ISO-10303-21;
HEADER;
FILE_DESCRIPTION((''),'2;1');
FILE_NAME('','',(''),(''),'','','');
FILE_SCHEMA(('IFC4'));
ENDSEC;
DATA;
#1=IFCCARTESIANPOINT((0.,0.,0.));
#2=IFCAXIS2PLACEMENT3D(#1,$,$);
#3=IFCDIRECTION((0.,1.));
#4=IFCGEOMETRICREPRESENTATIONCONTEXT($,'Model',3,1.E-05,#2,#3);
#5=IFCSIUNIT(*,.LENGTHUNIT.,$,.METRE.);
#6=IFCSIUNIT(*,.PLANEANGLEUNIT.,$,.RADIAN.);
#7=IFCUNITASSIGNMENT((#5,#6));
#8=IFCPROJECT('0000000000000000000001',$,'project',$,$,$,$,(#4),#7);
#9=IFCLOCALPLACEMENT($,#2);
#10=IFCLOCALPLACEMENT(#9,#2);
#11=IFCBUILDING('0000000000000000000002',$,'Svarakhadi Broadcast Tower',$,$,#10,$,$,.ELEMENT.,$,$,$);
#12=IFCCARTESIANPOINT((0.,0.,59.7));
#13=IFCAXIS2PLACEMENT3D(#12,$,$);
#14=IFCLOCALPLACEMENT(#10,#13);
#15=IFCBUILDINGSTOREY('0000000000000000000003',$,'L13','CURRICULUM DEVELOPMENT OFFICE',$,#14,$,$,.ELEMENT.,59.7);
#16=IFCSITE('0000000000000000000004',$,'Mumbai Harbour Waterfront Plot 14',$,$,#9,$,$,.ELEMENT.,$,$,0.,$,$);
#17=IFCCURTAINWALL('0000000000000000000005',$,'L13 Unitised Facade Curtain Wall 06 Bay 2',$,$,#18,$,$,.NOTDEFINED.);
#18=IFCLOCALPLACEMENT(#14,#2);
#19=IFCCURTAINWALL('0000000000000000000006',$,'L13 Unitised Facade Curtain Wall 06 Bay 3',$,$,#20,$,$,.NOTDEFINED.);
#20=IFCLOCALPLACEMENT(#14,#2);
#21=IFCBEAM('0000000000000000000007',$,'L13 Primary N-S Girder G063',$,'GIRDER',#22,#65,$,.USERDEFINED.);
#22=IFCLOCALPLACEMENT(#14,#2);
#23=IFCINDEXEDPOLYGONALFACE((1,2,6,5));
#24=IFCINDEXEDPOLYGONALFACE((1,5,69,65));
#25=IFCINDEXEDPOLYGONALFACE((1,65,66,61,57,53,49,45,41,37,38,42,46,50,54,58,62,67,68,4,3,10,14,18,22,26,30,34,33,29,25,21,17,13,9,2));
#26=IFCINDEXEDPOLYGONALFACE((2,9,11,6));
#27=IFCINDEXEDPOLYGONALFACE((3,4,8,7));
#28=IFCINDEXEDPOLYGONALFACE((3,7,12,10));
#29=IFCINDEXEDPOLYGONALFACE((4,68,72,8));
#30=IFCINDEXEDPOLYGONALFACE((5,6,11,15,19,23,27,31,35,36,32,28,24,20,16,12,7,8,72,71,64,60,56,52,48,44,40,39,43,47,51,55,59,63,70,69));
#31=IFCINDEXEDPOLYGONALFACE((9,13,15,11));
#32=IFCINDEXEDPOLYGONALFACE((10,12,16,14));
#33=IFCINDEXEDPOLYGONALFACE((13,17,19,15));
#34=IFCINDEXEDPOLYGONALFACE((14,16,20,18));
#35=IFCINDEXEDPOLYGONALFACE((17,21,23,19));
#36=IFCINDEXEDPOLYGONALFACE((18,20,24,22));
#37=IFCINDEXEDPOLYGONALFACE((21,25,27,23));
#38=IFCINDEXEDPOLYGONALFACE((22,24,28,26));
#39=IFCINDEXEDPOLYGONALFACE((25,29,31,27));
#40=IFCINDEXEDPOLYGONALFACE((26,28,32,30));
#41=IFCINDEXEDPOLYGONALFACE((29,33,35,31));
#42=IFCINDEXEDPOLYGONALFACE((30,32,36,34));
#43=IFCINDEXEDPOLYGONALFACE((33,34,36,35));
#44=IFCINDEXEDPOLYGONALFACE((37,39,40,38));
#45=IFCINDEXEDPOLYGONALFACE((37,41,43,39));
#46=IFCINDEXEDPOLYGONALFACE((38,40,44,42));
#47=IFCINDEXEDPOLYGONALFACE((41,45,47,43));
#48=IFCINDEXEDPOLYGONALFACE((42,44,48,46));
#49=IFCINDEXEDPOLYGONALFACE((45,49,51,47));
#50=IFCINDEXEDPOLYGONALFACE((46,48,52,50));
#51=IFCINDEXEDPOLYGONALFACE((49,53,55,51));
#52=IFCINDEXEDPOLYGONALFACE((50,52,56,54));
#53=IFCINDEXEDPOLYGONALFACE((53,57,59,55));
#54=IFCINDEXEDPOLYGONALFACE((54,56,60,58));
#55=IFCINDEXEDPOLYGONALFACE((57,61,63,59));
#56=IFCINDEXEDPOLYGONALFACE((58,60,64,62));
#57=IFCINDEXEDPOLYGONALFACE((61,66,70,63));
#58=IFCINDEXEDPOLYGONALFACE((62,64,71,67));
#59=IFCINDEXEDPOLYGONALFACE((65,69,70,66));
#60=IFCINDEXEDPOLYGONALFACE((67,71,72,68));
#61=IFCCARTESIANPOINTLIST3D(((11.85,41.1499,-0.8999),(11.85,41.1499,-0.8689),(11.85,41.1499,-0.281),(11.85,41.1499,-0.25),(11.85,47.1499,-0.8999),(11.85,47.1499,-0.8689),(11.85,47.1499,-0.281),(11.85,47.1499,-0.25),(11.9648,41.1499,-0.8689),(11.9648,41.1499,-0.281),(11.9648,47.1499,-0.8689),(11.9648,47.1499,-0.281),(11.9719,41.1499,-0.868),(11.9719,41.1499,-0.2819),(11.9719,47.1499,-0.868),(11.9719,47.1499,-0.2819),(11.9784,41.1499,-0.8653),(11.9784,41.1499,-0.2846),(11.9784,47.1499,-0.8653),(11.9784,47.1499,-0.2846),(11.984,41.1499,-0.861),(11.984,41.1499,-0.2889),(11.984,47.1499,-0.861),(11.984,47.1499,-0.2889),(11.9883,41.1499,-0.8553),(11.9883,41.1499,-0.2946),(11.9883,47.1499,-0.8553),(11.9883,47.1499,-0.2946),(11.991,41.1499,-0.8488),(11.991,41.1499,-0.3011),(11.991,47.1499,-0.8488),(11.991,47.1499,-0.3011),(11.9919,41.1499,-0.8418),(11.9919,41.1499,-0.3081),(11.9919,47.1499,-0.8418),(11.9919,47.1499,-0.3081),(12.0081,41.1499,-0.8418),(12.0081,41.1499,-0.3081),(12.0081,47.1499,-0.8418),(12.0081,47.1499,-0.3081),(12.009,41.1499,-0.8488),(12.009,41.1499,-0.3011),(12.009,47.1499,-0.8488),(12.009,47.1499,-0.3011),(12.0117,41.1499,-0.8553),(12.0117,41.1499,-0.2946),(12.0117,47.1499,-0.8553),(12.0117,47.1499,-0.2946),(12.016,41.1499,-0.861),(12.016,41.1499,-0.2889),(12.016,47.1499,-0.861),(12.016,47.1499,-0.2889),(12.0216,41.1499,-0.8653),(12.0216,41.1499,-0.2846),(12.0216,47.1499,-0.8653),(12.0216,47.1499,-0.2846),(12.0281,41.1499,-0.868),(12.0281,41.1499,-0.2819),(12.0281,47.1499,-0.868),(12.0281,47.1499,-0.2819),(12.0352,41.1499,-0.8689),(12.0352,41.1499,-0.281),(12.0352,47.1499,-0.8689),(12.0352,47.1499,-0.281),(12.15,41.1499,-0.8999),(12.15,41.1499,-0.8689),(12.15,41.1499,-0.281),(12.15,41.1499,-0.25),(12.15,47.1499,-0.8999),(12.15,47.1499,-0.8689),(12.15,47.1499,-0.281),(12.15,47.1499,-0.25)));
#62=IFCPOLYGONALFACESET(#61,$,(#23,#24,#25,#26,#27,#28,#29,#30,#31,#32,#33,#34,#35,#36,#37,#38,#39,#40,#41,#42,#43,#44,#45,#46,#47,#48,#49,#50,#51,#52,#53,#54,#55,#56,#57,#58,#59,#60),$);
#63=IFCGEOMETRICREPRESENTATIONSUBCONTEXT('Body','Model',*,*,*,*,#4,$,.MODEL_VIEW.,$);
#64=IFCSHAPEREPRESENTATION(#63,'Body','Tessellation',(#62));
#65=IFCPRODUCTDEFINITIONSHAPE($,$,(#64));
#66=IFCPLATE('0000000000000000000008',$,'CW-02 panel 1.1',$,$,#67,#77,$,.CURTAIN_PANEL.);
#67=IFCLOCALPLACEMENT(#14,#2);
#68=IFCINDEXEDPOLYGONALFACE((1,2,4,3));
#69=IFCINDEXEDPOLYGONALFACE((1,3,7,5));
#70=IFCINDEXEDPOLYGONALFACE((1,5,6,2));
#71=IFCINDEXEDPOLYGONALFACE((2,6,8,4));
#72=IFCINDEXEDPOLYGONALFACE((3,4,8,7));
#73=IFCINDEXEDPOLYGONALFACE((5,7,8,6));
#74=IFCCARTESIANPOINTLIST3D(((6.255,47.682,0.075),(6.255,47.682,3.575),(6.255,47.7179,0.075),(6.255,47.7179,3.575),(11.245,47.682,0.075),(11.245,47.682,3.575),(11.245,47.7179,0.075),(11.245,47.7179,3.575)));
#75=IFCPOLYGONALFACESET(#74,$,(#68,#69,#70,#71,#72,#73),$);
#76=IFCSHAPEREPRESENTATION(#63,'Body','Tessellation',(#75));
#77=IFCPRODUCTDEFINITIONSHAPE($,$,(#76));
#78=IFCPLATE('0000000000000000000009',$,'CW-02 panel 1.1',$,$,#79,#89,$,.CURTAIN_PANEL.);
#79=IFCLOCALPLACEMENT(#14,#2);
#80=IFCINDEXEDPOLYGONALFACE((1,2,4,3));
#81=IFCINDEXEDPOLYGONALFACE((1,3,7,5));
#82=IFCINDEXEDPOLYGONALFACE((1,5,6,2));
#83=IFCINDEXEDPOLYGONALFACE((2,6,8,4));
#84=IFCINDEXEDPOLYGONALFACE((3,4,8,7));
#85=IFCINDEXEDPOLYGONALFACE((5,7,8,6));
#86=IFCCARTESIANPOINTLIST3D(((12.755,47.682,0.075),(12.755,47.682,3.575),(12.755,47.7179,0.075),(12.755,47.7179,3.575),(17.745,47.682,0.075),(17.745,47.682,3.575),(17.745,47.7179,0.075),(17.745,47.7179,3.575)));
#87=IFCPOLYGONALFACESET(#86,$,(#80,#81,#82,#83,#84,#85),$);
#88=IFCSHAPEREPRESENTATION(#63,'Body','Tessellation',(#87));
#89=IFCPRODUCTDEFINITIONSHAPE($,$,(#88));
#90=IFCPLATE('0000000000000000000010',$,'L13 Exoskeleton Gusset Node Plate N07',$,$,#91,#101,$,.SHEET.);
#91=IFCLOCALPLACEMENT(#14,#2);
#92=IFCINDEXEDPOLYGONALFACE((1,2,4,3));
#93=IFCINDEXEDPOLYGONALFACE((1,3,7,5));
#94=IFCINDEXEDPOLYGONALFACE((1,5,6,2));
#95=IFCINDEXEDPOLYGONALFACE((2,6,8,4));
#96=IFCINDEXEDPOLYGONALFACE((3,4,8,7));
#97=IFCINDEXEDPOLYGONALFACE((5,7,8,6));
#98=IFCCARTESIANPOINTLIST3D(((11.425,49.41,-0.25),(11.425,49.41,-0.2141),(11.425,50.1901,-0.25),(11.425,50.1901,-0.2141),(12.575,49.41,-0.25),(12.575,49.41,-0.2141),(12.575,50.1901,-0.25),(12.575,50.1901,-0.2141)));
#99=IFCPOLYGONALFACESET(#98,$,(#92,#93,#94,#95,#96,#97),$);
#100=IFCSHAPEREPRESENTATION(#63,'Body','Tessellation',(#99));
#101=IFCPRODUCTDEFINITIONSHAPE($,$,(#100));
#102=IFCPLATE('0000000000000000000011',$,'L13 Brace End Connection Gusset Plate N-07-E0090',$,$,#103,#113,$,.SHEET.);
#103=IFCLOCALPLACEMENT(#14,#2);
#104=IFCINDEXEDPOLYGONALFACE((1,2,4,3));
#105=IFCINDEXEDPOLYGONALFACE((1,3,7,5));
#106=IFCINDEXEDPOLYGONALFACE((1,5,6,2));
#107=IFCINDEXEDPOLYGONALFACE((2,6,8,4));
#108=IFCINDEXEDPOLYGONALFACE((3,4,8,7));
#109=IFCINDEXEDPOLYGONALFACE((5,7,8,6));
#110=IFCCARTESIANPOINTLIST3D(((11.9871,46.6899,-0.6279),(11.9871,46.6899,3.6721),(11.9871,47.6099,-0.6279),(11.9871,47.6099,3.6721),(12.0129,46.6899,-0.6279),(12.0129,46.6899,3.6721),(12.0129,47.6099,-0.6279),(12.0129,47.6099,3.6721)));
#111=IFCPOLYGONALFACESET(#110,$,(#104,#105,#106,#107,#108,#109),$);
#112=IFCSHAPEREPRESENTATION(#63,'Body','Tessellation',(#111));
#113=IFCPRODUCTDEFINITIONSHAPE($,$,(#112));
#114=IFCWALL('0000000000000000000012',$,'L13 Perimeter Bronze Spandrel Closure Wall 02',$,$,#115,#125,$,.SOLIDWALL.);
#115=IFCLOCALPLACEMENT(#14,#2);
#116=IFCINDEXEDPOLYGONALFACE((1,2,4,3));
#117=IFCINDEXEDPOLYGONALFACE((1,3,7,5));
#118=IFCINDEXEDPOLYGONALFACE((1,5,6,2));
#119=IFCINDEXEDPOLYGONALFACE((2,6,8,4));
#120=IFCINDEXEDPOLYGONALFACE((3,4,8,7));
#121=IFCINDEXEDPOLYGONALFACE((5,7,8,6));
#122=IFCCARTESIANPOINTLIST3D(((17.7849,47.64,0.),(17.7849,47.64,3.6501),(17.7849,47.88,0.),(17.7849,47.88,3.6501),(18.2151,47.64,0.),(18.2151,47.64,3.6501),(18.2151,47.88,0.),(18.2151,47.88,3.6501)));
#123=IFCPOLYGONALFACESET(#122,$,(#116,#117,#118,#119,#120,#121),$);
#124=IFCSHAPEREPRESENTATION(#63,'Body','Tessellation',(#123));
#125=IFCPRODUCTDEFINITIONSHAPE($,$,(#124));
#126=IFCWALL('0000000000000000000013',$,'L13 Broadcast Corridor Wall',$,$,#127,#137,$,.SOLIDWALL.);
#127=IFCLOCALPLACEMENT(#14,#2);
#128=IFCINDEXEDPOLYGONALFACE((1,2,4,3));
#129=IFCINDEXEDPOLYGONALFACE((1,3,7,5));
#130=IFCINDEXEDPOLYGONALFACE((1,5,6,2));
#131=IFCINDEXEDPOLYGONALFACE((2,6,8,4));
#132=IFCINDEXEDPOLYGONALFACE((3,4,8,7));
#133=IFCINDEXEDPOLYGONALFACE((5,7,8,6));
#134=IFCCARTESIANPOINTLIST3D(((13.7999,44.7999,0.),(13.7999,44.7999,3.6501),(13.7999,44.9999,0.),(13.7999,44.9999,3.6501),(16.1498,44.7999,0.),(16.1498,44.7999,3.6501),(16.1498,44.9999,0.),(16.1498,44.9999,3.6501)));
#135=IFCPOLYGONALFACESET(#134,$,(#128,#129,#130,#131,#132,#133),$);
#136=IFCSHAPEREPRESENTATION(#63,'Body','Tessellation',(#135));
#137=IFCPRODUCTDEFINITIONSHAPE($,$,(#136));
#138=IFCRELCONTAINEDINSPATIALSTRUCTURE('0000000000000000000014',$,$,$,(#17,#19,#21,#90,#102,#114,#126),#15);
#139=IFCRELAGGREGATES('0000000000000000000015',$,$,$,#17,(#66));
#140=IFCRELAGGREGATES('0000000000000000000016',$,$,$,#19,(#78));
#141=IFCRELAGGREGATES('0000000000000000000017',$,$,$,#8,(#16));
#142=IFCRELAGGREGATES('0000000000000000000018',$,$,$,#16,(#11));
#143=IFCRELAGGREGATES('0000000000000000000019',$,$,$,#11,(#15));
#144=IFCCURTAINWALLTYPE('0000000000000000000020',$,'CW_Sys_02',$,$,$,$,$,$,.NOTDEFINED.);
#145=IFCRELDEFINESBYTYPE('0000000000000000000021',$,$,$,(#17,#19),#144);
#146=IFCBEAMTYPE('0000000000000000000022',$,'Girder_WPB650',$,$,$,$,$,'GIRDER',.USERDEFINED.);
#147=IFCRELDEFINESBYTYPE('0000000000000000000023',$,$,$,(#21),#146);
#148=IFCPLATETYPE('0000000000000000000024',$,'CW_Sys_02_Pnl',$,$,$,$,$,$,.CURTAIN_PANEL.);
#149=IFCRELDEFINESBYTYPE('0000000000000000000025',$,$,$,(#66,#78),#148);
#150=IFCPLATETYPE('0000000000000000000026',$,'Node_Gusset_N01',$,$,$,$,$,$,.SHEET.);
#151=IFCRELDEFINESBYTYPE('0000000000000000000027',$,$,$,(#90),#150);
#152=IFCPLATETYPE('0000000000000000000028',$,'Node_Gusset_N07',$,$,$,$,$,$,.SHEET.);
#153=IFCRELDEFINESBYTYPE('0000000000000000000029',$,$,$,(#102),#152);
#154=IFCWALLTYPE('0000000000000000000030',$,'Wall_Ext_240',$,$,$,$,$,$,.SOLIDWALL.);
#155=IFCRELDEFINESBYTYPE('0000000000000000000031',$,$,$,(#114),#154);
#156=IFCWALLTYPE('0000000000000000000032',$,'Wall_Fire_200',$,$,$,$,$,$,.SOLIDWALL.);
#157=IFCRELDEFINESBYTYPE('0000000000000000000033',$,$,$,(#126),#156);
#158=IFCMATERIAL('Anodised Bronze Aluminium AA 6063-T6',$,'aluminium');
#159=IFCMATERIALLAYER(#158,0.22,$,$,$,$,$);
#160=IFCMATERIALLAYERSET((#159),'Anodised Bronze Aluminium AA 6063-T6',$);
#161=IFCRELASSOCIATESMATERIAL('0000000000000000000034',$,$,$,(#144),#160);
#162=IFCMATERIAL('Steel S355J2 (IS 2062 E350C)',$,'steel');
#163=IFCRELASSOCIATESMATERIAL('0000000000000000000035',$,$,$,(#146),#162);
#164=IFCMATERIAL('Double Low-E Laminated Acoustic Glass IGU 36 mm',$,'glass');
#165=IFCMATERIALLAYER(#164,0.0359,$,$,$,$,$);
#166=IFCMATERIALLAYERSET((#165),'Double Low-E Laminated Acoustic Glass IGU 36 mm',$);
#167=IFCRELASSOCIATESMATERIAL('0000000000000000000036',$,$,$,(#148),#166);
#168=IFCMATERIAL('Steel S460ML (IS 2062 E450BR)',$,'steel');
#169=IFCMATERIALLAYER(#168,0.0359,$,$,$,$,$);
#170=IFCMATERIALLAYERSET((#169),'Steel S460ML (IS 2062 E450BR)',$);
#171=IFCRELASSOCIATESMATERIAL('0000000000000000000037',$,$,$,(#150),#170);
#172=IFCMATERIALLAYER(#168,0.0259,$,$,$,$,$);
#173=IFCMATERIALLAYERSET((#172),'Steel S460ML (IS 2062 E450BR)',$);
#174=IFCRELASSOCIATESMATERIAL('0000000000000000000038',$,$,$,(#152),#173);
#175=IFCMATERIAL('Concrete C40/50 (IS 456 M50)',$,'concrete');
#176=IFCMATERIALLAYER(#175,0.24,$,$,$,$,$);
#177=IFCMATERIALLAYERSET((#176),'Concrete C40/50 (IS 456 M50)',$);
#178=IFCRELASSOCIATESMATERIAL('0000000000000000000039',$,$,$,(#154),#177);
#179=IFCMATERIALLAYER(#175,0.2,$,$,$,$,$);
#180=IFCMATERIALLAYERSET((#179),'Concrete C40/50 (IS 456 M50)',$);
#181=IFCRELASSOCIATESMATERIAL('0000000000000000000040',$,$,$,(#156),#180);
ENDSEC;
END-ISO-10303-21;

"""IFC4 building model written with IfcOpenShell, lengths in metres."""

from ifc_helpers import new_model, si_unit, direction, frame, frame_2d, origin, origin_2d, place, context, subcontext, project, spatial, rectangle, i_section, extrude, material, layer, layer_set, material_profile, profile_set, type_object, element, aggregate, save


model = new_model("IFC4")

# Units and contexts
model_context = context("Model", 3, precision=1e-05, world=origin(), true_north=direction((0.0, 1.0)))
body_context = subcontext(model_context, "Body", "Model", "MODEL_VIEW")
ifc_project = project(units=[si_unit("LENGTHUNIT", "METRE"), si_unit("PLANEANGLEUNIT", "RADIAN")], contexts=[model_context])

# Site, building, storey
site_placement = place(None, origin())
site = spatial("IfcSite", under=ifc_project, at=site_placement, Name="Mumbai Harbour Waterfront Plot 14", CompositionType="ELEMENT", RefElevation=0.0)
building_placement = place(site_placement, origin())
building = spatial("IfcBuilding", under=site, at=building_placement, Name="Svarakhadi Broadcast Tower", CompositionType="ELEMENT")
storey_placement = place(building_placement, frame((0.0, 0.0, 59.7)))
storey = spatial("IfcBuildingStorey", under=building, at=storey_placement, Name="L13", Description="CURRICULUM DEVELOPMENT OFFICE", CompositionType="ELEMENT", Elevation=59.7)

# Shared definitions
ifc_material_1 = material(Name="Steel S460ML (IS 2062 E450BR)", Category="steel")

# Shared definitions
ifc_material_2 = material(Name="Steel S355J2 (IS 2062 E350C)", Category="steel")

# Curtain walls
ifc_material_3 = material(Name="Anodised Bronze Aluminium AA 6063-T6", Category="aluminium")
ifc_layer_1 = layer(ifc_material_3, 0.22)
ifc_layer_set_1 = layer_set([ifc_layer_1], Name="Anodised Bronze Aluminium AA 6063-T6")
curtain_wall_type = type_object("IfcCurtainWallType", Name="CW_Sys_02", PredefinedType="NOTDEFINED", material=ifc_layer_set_1)
curtain_wall_1_placement = place(storey_placement, origin())
curtain_wall_1 = element("IfcCurtainWall", 1, at=curtain_wall_1_placement, inside=storey, type_object=curtain_wall_type, Name="L13 Unitised Facade Curtain Wall 06 Bay 2", PredefinedType="NOTDEFINED")
curtain_wall_2_placement = place(storey_placement, origin())
curtain_wall_2 = element("IfcCurtainWall", 2, at=curtain_wall_2_placement, inside=storey, type_object=curtain_wall_type, Name="L13 Unitised Facade Curtain Wall 06 Bay 3", PredefinedType="NOTDEFINED")

# Beam
ifc_material_profile_1 = material_profile(ifc_material_2, i_section(OverallWidth=0.3, OverallDepth=0.6499, WebThickness=0.0161, FlangeThickness=0.031, FilletRadius=0.0271, at=origin_2d()), Name="WPB 650x300x225")
ifc_profile_set_1 = profile_set([ifc_material_profile_1], Name="Steel S355J2 (IS 2062 E350C)")
beam_type_1 = type_object("IfcBeamType", Name="Girder_WPB650", ElementType="GIRDER", PredefinedType="USERDEFINED", material=ifc_profile_set_1)
for number, where, z_axis, x_axis, name in (
    (3, (12.0, 41.1499, -0.575), (0.0, 1.0, 0.0), (-1.0, 0.0, 0.0), "L13 Primary N-S Girder G063"),
):
    element("IfcBeam", number, at=place(storey_placement, frame(where, z_axis=z_axis, x_axis=x_axis)), inside=storey, type_object=beam_type_1, Name=name, ObjectType="GIRDER", PredefinedType="USERDEFINED", context=body_context, shape_type="SweptSolid", body=[
        extrude(i_section(OverallWidth=0.3, OverallDepth=0.6499, WebThickness=0.0161, FlangeThickness=0.031, FilletRadius=0.0271, at=origin_2d()), origin(), (0.0, 0.0, 1.0), 6.0),
    ])

# Plates
ifc_material_4 = material(Name="Double Low-E Laminated Acoustic Glass IGU 36 mm", Category="glass")
ifc_layer_2 = layer(ifc_material_4, 0.0359)
ifc_layer_set_2 = layer_set([ifc_layer_2], Name="Double Low-E Laminated Acoustic Glass IGU 36 mm")
plate_type_1 = type_object("IfcPlateType", Name="CW_Sys_02_Pnl", PredefinedType="CURTAIN_PANEL", material=ifc_layer_set_2)
plate_1_placement = place(storey_placement, frame((8.75, 47.7, 0.075), z_axis=(0.0, 0.0, 1.0), x_axis=(1.0, 0.0, 0.0)))
plate_1 = element("IfcPlate", 4, at=plate_1_placement, type_object=plate_type_1, Name="CW-02 panel 1.1", PredefinedType="CURTAIN_PANEL", context=body_context, shape_type="SweptSolid", body=[
    extrude(rectangle(XDim=4.99, YDim=0.0359, at=origin_2d()), origin(), (0.0, 0.0, 1.0), 3.5),
])
aggregate(curtain_wall_1, [plate_1])
plate_2_placement = place(storey_placement, frame((15.25, 47.7, 0.075), z_axis=(0.0, 0.0, 1.0), x_axis=(1.0, 0.0, 0.0)))
plate_2 = element("IfcPlate", 5, at=plate_2_placement, type_object=plate_type_1, Name="CW-02 panel 1.1", PredefinedType="CURTAIN_PANEL", context=body_context, shape_type="SweptSolid", body=[
    extrude(rectangle(XDim=4.99, YDim=0.0359, at=origin_2d()), origin(), (0.0, 0.0, 1.0), 3.5),
])
aggregate(curtain_wall_2, [plate_2])

# Plates
ifc_layer_3 = layer(ifc_material_1, 0.0359)
ifc_layer_set_3 = layer_set([ifc_layer_3], Name="Steel S460ML (IS 2062 E450BR)")
plate_type_2 = type_object("IfcPlateType", Name="Node_Gusset_N01", PredefinedType="SHEET", material=ifc_layer_set_3)
plate_3_placement = place(storey_placement, frame((12.0, 49.8, -0.25), z_axis=(0.0, 0.0, 1.0), x_axis=(1.0, 0.0, 0.0)))
element("IfcPlate", 6, at=plate_3_placement, inside=storey, type_object=plate_type_2, Name="L13 Exoskeleton Gusset Node Plate N07", PredefinedType="SHEET", context=body_context, shape_type="SweptSolid", body=[
    extrude(rectangle(XDim=1.1499, YDim=0.78, at=origin_2d()), origin(), (0.0, 0.0, 1.0), 0.0359),
])
ifc_layer_4 = layer(ifc_material_1, 0.0259)
ifc_layer_set_4 = layer_set([ifc_layer_4], Name="Steel S460ML (IS 2062 E450BR)")
plate_type_3 = type_object("IfcPlateType", Name="Node_Gusset_N07", PredefinedType="SHEET", material=ifc_layer_set_4)
plate_4_placement = place(storey_placement, frame((12.0, 47.1499, -0.6279), z_axis=(0.0, 0.0, 1.0), x_axis=(0.0, 1.0, 0.0)))
element("IfcPlate", 7, at=plate_4_placement, inside=storey, type_object=plate_type_3, Name="L13 Brace End Connection Gusset Plate N-07-E0090", PredefinedType="SHEET", context=body_context, shape_type="SweptSolid", body=[
    extrude(rectangle(XDim=0.9199, YDim=0.0259, at=origin_2d()), origin(), (0.0, 0.0, 1.0), 4.3),
])

# Walls
ifc_material_5 = material(Name="Concrete C40/50 (IS 456 M50)", Category="concrete")
ifc_layer_5 = layer(ifc_material_5, 0.24)
ifc_layer_set_5 = layer_set([ifc_layer_5], Name="Concrete C40/50 (IS 456 M50)")
wall_type_1 = type_object("IfcWallType", Name="Wall_Ext_240", PredefinedType="SOLIDWALL", material=ifc_layer_set_5)
wall_1_placement = place(storey_placement, frame((17.7849, 47.76, 0.0), z_axis=(0.0, 0.0, 1.0), x_axis=(1.0, 0.0, 0.0)))
element("IfcWall", 8, at=wall_1_placement, inside=storey, type_object=wall_type_1, Name="L13 Perimeter Bronze Spandrel Closure Wall 02", PredefinedType="SOLIDWALL", context=body_context, shape_type="SweptSolid", body=[
    extrude(rectangle(XDim=0.4302, YDim=0.24, at=frame_2d((0.2151, 0.0))), origin(), (0.0, 0.0, 1.0), 3.6501),
])
ifc_layer_6 = layer(ifc_material_5, 0.2)
ifc_layer_set_6 = layer_set([ifc_layer_6], Name="Concrete C40/50 (IS 456 M50)")
wall_type_2 = type_object("IfcWallType", Name="Wall_Fire_200", PredefinedType="SOLIDWALL", material=ifc_layer_set_6)
wall_2_placement = place(storey_placement, frame((13.8, 44.8999, 0.0), z_axis=(0.0, 0.0, 1.0), x_axis=(1.0, 0.0, 0.0)))
element("IfcWall", 9, at=wall_2_placement, inside=storey, type_object=wall_type_2, Name="L13 Broadcast Corridor Wall", PredefinedType="SOLIDWALL", context=body_context, shape_type="SweptSolid", body=[
    extrude(rectangle(XDim=2.3499, YDim=0.2, at=frame_2d((1.1748, 0.0))), origin(), (0.0, 0.0, 1.0), 3.6501),
])

save(model, "model.ifc")
